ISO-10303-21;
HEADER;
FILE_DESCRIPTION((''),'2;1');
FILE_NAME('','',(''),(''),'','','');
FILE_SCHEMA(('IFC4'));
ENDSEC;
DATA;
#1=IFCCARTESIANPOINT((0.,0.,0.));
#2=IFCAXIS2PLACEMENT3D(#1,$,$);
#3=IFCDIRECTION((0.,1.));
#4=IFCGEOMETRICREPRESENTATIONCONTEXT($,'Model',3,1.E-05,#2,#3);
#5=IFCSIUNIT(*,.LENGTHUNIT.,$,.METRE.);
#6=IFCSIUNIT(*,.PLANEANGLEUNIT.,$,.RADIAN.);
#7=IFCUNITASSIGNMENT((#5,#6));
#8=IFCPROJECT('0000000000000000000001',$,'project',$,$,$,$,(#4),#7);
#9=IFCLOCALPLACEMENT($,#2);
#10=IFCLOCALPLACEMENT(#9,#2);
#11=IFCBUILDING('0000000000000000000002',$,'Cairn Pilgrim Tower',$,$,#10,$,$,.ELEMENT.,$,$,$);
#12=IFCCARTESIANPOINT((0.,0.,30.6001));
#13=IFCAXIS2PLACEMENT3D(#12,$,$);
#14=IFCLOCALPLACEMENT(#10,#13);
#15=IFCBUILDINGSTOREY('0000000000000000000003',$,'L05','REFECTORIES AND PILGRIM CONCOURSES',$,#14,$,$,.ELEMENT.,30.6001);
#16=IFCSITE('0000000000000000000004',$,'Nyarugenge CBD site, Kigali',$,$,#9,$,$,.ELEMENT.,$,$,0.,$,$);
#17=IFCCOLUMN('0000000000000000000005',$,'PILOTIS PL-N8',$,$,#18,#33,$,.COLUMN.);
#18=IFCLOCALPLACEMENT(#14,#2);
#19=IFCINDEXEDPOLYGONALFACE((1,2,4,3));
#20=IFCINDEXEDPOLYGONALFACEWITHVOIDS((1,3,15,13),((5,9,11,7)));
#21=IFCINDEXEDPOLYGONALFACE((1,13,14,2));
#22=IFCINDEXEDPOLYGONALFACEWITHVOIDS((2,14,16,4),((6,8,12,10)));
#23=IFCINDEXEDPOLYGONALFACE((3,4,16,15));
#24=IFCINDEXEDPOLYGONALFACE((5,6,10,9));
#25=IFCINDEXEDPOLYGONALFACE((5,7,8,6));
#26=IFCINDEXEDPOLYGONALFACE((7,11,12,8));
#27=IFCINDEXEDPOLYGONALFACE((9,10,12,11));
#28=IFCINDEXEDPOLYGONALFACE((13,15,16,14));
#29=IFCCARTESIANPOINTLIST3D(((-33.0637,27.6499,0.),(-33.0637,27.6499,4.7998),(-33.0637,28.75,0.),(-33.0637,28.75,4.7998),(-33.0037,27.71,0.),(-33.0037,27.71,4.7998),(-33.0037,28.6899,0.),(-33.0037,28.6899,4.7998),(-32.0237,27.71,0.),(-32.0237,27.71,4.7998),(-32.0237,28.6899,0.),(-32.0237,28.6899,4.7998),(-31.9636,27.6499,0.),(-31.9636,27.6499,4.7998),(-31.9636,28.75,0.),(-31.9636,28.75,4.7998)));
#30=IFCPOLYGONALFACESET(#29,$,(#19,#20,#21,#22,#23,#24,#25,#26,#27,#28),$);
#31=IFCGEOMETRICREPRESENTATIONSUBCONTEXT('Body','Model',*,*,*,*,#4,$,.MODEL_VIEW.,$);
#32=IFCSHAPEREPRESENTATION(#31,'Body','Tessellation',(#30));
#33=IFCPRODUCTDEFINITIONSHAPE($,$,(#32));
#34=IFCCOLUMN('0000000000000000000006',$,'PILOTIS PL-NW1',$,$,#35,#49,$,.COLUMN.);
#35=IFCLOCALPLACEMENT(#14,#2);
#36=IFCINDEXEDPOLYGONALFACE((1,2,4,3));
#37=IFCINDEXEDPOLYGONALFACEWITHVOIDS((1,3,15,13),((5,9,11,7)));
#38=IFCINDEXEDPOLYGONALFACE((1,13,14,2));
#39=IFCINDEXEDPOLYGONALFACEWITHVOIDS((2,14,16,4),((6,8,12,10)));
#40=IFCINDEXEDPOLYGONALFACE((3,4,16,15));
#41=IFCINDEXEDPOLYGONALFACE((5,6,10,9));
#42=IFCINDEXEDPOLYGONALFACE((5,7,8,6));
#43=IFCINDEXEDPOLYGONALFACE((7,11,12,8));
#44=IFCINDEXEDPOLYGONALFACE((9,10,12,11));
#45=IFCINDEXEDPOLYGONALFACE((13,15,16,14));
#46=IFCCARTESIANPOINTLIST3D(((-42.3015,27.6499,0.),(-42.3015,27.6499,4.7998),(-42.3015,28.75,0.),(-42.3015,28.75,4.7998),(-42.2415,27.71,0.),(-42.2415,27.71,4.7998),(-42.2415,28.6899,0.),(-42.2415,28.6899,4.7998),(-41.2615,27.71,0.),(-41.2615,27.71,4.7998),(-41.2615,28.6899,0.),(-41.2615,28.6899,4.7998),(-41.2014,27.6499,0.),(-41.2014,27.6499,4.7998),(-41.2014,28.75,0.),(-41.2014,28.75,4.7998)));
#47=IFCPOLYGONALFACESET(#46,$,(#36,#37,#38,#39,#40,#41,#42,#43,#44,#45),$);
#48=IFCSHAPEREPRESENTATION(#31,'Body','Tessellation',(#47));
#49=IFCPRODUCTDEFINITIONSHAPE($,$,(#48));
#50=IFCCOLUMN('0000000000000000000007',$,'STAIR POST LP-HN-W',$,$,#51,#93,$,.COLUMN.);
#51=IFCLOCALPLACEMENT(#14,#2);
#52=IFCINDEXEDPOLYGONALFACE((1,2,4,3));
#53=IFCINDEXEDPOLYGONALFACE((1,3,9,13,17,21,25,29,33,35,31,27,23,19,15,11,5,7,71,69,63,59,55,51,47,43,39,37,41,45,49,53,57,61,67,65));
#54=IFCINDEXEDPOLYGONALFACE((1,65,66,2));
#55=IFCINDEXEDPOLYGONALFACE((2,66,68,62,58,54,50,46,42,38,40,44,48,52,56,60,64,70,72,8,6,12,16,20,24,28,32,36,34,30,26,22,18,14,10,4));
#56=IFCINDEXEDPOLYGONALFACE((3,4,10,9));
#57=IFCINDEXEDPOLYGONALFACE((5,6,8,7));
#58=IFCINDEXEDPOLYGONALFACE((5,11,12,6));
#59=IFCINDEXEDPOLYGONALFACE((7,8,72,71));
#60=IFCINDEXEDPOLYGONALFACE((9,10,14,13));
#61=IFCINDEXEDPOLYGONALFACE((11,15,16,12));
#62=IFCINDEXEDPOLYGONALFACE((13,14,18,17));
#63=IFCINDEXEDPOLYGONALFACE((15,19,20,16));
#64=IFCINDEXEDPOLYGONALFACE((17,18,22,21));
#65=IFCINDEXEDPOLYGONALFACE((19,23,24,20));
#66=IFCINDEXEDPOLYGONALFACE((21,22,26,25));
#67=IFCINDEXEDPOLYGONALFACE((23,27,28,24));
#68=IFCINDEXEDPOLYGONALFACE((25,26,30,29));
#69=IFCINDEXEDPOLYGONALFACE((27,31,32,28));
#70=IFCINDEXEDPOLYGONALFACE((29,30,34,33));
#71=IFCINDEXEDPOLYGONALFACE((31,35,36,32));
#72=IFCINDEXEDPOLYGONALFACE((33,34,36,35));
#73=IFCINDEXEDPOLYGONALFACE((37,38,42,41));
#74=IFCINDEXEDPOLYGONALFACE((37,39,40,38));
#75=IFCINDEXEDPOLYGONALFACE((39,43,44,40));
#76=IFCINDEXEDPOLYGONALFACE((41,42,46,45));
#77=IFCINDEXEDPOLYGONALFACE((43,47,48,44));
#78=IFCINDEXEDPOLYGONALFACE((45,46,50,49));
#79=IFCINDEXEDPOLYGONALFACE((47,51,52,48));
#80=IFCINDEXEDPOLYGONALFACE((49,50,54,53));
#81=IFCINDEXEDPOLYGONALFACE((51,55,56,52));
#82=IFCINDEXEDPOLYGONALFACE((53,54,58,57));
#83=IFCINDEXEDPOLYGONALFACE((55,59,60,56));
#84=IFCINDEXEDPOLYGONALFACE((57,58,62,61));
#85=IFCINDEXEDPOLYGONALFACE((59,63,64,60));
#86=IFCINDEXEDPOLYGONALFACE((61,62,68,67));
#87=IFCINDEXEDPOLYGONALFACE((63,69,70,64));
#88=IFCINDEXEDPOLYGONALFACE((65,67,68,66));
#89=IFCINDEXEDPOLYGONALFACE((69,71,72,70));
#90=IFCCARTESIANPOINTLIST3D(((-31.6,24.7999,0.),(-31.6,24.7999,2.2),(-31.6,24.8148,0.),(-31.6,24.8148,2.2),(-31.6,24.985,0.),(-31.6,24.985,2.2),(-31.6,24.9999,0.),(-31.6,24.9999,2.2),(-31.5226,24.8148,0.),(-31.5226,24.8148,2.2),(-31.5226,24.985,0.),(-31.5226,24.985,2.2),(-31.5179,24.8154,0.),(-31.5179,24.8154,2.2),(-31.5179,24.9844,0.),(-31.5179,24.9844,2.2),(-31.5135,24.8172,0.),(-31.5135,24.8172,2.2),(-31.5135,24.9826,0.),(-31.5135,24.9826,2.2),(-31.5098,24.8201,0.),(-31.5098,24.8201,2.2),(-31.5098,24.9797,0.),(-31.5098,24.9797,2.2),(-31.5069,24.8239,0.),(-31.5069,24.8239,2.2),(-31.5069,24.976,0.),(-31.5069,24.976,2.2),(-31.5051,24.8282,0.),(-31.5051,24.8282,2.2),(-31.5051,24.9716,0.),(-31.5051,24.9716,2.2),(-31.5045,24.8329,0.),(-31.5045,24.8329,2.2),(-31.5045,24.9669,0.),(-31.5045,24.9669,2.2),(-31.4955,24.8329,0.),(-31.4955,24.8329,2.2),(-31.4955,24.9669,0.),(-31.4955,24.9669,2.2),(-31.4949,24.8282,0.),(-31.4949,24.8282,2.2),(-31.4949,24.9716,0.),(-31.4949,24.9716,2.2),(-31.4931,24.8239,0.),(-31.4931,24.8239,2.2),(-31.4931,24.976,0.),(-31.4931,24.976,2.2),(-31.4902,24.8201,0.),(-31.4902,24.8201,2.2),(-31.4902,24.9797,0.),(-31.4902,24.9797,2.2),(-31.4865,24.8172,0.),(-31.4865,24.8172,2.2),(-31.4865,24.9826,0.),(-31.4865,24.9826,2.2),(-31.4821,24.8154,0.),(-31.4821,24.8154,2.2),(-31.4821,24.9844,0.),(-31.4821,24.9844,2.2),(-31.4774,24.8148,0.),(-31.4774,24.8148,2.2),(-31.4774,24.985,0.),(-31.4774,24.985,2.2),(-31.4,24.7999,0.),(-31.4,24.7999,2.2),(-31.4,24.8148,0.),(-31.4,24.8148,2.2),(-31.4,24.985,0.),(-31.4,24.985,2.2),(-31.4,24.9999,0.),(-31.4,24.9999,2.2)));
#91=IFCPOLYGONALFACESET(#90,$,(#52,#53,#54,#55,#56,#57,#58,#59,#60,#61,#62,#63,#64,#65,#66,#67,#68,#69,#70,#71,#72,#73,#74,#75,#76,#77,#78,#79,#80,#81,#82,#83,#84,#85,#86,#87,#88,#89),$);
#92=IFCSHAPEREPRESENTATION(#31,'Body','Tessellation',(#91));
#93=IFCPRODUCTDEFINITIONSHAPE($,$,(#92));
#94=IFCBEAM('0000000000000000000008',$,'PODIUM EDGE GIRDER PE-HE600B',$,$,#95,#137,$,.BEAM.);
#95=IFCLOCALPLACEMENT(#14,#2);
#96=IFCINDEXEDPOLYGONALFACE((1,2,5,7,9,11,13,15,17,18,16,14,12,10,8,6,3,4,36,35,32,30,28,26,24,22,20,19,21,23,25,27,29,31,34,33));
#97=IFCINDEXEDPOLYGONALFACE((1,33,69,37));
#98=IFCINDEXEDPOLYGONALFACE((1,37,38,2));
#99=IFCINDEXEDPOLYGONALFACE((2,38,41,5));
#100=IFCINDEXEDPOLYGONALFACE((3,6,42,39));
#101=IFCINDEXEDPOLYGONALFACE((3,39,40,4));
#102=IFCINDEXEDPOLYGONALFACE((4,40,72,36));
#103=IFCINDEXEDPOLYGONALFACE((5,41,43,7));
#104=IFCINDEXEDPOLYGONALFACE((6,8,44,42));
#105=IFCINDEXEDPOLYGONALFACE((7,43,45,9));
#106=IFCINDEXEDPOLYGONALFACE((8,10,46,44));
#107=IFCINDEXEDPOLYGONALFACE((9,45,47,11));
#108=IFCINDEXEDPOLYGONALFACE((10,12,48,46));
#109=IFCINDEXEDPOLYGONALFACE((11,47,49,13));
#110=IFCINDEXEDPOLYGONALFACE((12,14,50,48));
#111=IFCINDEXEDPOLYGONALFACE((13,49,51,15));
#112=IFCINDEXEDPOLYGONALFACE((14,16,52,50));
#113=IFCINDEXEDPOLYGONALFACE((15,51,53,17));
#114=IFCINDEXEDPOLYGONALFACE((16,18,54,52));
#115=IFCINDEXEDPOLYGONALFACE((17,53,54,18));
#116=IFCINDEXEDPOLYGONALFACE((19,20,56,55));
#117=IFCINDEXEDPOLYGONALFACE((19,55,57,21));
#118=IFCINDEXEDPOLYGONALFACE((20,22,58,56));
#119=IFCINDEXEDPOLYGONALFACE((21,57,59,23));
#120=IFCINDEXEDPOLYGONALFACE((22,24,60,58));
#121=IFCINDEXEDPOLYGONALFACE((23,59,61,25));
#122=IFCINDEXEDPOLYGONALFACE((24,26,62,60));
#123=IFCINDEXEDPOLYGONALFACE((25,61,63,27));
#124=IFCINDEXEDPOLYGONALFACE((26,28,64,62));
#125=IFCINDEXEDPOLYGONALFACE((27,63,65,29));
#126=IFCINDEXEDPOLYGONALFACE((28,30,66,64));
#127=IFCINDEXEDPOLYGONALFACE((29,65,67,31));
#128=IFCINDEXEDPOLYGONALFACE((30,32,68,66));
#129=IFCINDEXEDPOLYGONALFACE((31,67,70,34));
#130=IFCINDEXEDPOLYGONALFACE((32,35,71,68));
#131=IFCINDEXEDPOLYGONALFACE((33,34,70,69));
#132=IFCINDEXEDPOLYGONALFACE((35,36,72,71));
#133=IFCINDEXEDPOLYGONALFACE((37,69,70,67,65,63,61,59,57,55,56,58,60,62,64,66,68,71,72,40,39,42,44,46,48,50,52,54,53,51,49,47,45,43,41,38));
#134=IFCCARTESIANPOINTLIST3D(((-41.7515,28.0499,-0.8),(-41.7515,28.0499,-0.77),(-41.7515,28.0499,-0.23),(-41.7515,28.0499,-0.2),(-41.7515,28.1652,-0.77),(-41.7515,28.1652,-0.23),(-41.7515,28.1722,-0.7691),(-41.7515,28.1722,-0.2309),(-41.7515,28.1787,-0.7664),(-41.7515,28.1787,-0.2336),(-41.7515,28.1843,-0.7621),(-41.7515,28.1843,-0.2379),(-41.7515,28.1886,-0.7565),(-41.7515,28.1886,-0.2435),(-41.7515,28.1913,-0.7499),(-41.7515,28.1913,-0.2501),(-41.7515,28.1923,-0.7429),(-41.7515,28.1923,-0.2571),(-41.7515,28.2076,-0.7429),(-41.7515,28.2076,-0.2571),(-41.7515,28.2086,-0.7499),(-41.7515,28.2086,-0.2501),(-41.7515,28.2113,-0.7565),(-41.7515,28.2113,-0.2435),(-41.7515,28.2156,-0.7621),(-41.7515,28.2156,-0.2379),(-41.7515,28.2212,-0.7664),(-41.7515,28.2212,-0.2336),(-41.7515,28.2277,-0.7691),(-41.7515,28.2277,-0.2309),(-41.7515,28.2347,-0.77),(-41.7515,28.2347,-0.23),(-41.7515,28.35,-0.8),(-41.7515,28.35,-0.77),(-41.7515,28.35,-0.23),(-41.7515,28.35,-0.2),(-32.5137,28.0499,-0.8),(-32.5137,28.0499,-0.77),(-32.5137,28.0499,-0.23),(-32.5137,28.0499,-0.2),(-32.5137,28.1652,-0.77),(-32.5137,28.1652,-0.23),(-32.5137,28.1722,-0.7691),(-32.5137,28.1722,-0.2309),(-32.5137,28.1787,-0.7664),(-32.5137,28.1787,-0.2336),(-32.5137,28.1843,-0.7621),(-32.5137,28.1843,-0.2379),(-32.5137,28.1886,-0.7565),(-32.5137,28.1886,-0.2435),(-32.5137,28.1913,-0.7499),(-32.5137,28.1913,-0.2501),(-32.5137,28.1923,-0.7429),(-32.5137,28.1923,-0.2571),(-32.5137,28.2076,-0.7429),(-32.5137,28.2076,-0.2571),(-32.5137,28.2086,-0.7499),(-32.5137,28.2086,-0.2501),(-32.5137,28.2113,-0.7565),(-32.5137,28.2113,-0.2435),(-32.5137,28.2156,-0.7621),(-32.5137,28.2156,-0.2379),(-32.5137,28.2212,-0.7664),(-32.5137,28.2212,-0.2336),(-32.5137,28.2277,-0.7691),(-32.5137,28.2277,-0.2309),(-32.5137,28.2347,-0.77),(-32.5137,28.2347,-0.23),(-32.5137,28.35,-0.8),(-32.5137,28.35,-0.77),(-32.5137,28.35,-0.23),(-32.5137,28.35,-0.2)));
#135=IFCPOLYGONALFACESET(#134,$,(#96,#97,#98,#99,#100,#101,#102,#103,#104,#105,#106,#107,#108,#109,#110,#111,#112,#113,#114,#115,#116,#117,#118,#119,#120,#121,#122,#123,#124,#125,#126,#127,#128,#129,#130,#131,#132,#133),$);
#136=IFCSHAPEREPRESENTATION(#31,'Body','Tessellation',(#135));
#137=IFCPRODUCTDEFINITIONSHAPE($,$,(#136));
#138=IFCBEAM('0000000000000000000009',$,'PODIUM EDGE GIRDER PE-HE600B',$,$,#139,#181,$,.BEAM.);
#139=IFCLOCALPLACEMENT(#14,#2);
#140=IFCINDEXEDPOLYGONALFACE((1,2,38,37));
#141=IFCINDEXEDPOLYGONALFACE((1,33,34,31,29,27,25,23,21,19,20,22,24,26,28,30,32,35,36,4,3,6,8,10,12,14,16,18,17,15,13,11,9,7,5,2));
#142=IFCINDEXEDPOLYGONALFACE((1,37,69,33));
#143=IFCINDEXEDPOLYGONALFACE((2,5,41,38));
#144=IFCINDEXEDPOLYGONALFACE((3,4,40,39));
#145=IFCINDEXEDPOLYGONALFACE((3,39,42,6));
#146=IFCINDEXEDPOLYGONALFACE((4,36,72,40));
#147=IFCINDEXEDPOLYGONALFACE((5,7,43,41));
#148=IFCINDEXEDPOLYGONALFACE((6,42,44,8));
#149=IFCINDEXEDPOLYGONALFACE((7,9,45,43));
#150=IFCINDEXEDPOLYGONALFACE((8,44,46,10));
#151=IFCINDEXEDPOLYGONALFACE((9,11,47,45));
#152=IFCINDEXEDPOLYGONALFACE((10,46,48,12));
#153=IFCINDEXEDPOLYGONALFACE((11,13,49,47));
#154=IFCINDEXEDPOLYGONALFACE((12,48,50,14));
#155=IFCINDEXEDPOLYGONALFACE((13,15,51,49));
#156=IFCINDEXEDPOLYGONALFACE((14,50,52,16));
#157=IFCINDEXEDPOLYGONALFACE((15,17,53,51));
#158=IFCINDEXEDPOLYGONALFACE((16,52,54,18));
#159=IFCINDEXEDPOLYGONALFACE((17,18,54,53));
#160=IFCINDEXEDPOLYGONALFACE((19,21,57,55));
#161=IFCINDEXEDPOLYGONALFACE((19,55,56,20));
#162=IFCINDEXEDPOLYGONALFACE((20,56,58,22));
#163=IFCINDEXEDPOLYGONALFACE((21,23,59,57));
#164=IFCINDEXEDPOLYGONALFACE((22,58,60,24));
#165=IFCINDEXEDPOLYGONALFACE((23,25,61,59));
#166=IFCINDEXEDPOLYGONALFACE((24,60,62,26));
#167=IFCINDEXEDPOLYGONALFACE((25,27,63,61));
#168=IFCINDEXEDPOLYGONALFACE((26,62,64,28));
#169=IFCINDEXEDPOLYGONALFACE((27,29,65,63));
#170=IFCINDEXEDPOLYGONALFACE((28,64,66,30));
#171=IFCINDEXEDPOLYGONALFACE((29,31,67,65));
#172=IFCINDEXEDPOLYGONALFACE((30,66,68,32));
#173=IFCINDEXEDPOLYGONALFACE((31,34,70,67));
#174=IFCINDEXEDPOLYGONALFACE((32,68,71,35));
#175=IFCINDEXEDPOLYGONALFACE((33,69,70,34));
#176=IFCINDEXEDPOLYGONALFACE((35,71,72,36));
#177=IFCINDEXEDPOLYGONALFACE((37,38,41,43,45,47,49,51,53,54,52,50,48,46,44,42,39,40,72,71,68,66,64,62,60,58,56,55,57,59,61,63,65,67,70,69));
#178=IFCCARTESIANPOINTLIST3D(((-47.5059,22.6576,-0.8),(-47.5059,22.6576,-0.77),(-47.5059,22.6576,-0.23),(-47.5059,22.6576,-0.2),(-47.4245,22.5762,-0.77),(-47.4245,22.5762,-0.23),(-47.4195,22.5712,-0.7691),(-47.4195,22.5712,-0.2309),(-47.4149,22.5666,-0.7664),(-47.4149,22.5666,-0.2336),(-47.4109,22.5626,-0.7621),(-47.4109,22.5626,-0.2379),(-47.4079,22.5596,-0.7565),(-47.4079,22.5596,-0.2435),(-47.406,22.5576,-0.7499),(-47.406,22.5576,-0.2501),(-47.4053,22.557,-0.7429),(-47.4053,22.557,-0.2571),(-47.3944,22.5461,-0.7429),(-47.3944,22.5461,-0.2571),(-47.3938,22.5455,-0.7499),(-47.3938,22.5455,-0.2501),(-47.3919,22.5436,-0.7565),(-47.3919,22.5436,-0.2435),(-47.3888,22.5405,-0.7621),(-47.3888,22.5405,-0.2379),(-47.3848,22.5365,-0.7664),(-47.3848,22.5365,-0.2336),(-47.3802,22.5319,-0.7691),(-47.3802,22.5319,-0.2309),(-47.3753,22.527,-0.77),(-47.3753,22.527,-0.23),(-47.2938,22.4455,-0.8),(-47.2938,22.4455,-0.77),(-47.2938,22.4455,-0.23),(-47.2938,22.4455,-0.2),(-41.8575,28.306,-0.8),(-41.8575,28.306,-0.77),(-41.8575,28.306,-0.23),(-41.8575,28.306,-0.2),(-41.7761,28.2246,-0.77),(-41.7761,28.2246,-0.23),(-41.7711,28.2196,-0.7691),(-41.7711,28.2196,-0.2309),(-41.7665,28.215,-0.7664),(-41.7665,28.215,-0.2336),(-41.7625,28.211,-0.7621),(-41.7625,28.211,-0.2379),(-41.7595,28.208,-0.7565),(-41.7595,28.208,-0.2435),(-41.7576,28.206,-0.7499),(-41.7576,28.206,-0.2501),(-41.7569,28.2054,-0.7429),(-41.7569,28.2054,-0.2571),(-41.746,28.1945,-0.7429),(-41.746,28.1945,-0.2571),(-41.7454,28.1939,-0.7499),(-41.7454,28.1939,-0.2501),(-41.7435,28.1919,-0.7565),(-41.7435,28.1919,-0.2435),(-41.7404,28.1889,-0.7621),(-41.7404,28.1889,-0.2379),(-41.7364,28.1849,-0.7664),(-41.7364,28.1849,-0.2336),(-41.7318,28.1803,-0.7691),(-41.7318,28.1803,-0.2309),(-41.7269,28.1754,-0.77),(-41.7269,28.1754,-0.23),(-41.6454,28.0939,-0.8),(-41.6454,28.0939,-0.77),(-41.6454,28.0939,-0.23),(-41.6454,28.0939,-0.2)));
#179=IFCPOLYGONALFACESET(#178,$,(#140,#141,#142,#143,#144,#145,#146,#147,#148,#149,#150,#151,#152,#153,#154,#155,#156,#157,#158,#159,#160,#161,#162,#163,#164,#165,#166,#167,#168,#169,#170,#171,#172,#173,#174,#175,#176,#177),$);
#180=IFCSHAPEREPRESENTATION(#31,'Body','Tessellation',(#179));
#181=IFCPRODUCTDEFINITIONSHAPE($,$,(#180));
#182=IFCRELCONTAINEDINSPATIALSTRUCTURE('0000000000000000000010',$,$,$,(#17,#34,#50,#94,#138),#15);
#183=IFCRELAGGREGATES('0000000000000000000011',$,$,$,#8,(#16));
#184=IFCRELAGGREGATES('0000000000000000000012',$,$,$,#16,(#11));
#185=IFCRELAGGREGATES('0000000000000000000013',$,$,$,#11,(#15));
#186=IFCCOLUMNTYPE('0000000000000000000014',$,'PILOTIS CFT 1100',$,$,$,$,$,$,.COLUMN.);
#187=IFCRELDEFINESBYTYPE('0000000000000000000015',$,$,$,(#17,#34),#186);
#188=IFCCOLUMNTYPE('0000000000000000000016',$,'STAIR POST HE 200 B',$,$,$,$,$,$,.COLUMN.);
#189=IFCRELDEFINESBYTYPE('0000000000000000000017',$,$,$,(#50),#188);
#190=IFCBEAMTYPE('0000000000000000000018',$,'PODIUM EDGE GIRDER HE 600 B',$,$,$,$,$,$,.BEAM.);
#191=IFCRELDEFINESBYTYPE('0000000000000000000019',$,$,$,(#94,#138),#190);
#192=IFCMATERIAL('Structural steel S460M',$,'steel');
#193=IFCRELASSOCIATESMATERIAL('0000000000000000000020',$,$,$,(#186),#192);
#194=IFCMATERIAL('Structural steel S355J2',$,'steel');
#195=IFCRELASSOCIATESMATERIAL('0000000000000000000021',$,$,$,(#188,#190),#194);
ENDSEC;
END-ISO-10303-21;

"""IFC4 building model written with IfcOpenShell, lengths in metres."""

from ifc_helpers import new_model, si_unit, direction, frame, origin, origin_2d, place, context, subcontext, project, spatial, hollow_rectangle, i_section, extrude, material, material_profile, profile_set, type_object, element, save


model = new_model("IFC4")

# Units and contexts
model_context = context("Model", 3, precision=1e-05, world=origin(), true_north=direction((0.0, 1.0)))
body_context = subcontext(model_context, "Body", "Model", "MODEL_VIEW")
ifc_project = project(units=[si_unit("LENGTHUNIT", "METRE"), si_unit("PLANEANGLEUNIT", "RADIAN")], contexts=[model_context])

# Site, building, storey
site_placement = place(None, origin())
site = spatial("IfcSite", under=ifc_project, at=site_placement, Name="Nyarugenge CBD site, Kigali", CompositionType="ELEMENT", RefElevation=0.0)
building_placement = place(site_placement, origin())
building = spatial("IfcBuilding", under=site, at=building_placement, Name="Cairn Pilgrim Tower", CompositionType="ELEMENT")
storey_placement = place(building_placement, frame((0.0, 0.0, 30.6001)))
storey = spatial("IfcBuildingStorey", under=building, at=storey_placement, Name="L05", Description="REFECTORIES AND PILGRIM CONCOURSES", CompositionType="ELEMENT", Elevation=30.6001)

# Columns
ifc_material_1 = material(Name="Structural steel S460M", Category="steel")
ifc_material_profile_1 = material_profile(ifc_material_1, hollow_rectangle(XDim=1.1001, YDim=1.1001, WallThickness=0.0601, at=origin_2d()), Name="BOX 1100x1100x60")
ifc_profile_set_1 = profile_set([ifc_material_profile_1], Name="Structural steel S460M")
column_type_1 = type_object("IfcColumnType", Name="PILOTIS CFT 1100", PredefinedType="COLUMN", material=ifc_profile_set_1)
for number, where, z_axis, x_axis, name in (
    (1, (-32.5137, 28.2, 0.0), (0.0, 0.0, 1.0), (1.0, 0.0, 0.0), "PILOTIS PL-N8"),
    (2, (-41.7515, 28.2, 0.0), (0.0, 0.0, 1.0), (1.0, 0.0, 0.0), "PILOTIS PL-NW1"),
):
    element("IfcColumn", number, at=place(storey_placement, frame(where, z_axis=z_axis, x_axis=x_axis)), inside=storey, type_object=column_type_1, Name=name, PredefinedType="COLUMN", context=body_context, shape_type="SweptSolid", body=[
        extrude(hollow_rectangle(XDim=1.1001, YDim=1.1001, WallThickness=0.0601, at=origin_2d()), origin(), (0.0, 0.0, 1.0), 4.7998),
    ])
ifc_material_2 = material(Name="Structural steel S355J2", Category="steel")
ifc_material_profile_2 = material_profile(ifc_material_2, i_section(OverallWidth=0.2, OverallDepth=0.2, WebThickness=0.009, FlangeThickness=0.0149, FilletRadius=0.0181, at=origin_2d()), Name="HE 200 B")
ifc_profile_set_2 = profile_set([ifc_material_profile_2], Name="Structural steel S355J2")
column_type_2 = type_object("IfcColumnType", Name="STAIR POST HE 200 B", PredefinedType="COLUMN", material=ifc_profile_set_2)
column_placement = place(storey_placement, frame((-31.5, 24.8999, 0.0), z_axis=(0.0, 0.0, 1.0), x_axis=(1.0, 0.0, 0.0)))
element("IfcColumn", 3, at=column_placement, inside=storey, type_object=column_type_2, Name="STAIR POST LP-HN-W", PredefinedType="COLUMN", context=body_context, shape_type="SweptSolid", body=[
    extrude(i_section(OverallWidth=0.2, OverallDepth=0.2, WebThickness=0.009, FlangeThickness=0.0149, FilletRadius=0.0181, at=origin_2d()), origin(), (0.0, 0.0, 1.0), 2.2),
])

# Beams
ifc_material_profile_3 = material_profile(ifc_material_2, i_section(OverallWidth=0.3, OverallDepth=0.6001, WebThickness=0.0154, FlangeThickness=0.03, FilletRadius=0.0271, at=origin_2d()), Name="HEB 600")
ifc_profile_set_3 = profile_set([ifc_material_profile_3], Name="Structural steel S355J2")
beam_type_1 = type_object("IfcBeamType", Name="PODIUM EDGE GIRDER HE 600 B", PredefinedType="BEAM", material=ifc_profile_set_3)
beam_1_placement = place(storey_placement, frame((-32.5137, 28.2, -0.5), z_axis=(-1.0, 0.0, 0.0), x_axis=(0.0, -1.0, 0.0)))
element("IfcBeam", 4, at=beam_1_placement, inside=storey, type_object=beam_type_1, Name="PODIUM EDGE GIRDER PE-HE600B", PredefinedType="BEAM", context=body_context, shape_type="SweptSolid", body=[
    extrude(i_section(OverallWidth=0.3, OverallDepth=0.6001, WebThickness=0.0154, FlangeThickness=0.03, FilletRadius=0.0271, at=origin_2d()), origin(), (0.0, 0.0, 1.0), 9.2378),
])
beam_2_placement = place(storey_placement, frame((-41.7515, 28.2, -0.5), z_axis=(-0.707107, -0.707107, 0.0), x_axis=(0.707107, -0.707107, 0.0)))
element("IfcBeam", 5, at=beam_2_placement, inside=storey, type_object=beam_type_1, Name="PODIUM EDGE GIRDER PE-HE600B", PredefinedType="BEAM", context=body_context, shape_type="SweptSolid", body=[
    extrude(i_section(OverallWidth=0.3, OverallDepth=0.6001, WebThickness=0.0154, FlangeThickness=0.03, FilletRadius=0.0271, at=origin_2d()), origin(), (0.0, 0.0, 1.0), 7.988),
])

save(model, "model.ifc")
